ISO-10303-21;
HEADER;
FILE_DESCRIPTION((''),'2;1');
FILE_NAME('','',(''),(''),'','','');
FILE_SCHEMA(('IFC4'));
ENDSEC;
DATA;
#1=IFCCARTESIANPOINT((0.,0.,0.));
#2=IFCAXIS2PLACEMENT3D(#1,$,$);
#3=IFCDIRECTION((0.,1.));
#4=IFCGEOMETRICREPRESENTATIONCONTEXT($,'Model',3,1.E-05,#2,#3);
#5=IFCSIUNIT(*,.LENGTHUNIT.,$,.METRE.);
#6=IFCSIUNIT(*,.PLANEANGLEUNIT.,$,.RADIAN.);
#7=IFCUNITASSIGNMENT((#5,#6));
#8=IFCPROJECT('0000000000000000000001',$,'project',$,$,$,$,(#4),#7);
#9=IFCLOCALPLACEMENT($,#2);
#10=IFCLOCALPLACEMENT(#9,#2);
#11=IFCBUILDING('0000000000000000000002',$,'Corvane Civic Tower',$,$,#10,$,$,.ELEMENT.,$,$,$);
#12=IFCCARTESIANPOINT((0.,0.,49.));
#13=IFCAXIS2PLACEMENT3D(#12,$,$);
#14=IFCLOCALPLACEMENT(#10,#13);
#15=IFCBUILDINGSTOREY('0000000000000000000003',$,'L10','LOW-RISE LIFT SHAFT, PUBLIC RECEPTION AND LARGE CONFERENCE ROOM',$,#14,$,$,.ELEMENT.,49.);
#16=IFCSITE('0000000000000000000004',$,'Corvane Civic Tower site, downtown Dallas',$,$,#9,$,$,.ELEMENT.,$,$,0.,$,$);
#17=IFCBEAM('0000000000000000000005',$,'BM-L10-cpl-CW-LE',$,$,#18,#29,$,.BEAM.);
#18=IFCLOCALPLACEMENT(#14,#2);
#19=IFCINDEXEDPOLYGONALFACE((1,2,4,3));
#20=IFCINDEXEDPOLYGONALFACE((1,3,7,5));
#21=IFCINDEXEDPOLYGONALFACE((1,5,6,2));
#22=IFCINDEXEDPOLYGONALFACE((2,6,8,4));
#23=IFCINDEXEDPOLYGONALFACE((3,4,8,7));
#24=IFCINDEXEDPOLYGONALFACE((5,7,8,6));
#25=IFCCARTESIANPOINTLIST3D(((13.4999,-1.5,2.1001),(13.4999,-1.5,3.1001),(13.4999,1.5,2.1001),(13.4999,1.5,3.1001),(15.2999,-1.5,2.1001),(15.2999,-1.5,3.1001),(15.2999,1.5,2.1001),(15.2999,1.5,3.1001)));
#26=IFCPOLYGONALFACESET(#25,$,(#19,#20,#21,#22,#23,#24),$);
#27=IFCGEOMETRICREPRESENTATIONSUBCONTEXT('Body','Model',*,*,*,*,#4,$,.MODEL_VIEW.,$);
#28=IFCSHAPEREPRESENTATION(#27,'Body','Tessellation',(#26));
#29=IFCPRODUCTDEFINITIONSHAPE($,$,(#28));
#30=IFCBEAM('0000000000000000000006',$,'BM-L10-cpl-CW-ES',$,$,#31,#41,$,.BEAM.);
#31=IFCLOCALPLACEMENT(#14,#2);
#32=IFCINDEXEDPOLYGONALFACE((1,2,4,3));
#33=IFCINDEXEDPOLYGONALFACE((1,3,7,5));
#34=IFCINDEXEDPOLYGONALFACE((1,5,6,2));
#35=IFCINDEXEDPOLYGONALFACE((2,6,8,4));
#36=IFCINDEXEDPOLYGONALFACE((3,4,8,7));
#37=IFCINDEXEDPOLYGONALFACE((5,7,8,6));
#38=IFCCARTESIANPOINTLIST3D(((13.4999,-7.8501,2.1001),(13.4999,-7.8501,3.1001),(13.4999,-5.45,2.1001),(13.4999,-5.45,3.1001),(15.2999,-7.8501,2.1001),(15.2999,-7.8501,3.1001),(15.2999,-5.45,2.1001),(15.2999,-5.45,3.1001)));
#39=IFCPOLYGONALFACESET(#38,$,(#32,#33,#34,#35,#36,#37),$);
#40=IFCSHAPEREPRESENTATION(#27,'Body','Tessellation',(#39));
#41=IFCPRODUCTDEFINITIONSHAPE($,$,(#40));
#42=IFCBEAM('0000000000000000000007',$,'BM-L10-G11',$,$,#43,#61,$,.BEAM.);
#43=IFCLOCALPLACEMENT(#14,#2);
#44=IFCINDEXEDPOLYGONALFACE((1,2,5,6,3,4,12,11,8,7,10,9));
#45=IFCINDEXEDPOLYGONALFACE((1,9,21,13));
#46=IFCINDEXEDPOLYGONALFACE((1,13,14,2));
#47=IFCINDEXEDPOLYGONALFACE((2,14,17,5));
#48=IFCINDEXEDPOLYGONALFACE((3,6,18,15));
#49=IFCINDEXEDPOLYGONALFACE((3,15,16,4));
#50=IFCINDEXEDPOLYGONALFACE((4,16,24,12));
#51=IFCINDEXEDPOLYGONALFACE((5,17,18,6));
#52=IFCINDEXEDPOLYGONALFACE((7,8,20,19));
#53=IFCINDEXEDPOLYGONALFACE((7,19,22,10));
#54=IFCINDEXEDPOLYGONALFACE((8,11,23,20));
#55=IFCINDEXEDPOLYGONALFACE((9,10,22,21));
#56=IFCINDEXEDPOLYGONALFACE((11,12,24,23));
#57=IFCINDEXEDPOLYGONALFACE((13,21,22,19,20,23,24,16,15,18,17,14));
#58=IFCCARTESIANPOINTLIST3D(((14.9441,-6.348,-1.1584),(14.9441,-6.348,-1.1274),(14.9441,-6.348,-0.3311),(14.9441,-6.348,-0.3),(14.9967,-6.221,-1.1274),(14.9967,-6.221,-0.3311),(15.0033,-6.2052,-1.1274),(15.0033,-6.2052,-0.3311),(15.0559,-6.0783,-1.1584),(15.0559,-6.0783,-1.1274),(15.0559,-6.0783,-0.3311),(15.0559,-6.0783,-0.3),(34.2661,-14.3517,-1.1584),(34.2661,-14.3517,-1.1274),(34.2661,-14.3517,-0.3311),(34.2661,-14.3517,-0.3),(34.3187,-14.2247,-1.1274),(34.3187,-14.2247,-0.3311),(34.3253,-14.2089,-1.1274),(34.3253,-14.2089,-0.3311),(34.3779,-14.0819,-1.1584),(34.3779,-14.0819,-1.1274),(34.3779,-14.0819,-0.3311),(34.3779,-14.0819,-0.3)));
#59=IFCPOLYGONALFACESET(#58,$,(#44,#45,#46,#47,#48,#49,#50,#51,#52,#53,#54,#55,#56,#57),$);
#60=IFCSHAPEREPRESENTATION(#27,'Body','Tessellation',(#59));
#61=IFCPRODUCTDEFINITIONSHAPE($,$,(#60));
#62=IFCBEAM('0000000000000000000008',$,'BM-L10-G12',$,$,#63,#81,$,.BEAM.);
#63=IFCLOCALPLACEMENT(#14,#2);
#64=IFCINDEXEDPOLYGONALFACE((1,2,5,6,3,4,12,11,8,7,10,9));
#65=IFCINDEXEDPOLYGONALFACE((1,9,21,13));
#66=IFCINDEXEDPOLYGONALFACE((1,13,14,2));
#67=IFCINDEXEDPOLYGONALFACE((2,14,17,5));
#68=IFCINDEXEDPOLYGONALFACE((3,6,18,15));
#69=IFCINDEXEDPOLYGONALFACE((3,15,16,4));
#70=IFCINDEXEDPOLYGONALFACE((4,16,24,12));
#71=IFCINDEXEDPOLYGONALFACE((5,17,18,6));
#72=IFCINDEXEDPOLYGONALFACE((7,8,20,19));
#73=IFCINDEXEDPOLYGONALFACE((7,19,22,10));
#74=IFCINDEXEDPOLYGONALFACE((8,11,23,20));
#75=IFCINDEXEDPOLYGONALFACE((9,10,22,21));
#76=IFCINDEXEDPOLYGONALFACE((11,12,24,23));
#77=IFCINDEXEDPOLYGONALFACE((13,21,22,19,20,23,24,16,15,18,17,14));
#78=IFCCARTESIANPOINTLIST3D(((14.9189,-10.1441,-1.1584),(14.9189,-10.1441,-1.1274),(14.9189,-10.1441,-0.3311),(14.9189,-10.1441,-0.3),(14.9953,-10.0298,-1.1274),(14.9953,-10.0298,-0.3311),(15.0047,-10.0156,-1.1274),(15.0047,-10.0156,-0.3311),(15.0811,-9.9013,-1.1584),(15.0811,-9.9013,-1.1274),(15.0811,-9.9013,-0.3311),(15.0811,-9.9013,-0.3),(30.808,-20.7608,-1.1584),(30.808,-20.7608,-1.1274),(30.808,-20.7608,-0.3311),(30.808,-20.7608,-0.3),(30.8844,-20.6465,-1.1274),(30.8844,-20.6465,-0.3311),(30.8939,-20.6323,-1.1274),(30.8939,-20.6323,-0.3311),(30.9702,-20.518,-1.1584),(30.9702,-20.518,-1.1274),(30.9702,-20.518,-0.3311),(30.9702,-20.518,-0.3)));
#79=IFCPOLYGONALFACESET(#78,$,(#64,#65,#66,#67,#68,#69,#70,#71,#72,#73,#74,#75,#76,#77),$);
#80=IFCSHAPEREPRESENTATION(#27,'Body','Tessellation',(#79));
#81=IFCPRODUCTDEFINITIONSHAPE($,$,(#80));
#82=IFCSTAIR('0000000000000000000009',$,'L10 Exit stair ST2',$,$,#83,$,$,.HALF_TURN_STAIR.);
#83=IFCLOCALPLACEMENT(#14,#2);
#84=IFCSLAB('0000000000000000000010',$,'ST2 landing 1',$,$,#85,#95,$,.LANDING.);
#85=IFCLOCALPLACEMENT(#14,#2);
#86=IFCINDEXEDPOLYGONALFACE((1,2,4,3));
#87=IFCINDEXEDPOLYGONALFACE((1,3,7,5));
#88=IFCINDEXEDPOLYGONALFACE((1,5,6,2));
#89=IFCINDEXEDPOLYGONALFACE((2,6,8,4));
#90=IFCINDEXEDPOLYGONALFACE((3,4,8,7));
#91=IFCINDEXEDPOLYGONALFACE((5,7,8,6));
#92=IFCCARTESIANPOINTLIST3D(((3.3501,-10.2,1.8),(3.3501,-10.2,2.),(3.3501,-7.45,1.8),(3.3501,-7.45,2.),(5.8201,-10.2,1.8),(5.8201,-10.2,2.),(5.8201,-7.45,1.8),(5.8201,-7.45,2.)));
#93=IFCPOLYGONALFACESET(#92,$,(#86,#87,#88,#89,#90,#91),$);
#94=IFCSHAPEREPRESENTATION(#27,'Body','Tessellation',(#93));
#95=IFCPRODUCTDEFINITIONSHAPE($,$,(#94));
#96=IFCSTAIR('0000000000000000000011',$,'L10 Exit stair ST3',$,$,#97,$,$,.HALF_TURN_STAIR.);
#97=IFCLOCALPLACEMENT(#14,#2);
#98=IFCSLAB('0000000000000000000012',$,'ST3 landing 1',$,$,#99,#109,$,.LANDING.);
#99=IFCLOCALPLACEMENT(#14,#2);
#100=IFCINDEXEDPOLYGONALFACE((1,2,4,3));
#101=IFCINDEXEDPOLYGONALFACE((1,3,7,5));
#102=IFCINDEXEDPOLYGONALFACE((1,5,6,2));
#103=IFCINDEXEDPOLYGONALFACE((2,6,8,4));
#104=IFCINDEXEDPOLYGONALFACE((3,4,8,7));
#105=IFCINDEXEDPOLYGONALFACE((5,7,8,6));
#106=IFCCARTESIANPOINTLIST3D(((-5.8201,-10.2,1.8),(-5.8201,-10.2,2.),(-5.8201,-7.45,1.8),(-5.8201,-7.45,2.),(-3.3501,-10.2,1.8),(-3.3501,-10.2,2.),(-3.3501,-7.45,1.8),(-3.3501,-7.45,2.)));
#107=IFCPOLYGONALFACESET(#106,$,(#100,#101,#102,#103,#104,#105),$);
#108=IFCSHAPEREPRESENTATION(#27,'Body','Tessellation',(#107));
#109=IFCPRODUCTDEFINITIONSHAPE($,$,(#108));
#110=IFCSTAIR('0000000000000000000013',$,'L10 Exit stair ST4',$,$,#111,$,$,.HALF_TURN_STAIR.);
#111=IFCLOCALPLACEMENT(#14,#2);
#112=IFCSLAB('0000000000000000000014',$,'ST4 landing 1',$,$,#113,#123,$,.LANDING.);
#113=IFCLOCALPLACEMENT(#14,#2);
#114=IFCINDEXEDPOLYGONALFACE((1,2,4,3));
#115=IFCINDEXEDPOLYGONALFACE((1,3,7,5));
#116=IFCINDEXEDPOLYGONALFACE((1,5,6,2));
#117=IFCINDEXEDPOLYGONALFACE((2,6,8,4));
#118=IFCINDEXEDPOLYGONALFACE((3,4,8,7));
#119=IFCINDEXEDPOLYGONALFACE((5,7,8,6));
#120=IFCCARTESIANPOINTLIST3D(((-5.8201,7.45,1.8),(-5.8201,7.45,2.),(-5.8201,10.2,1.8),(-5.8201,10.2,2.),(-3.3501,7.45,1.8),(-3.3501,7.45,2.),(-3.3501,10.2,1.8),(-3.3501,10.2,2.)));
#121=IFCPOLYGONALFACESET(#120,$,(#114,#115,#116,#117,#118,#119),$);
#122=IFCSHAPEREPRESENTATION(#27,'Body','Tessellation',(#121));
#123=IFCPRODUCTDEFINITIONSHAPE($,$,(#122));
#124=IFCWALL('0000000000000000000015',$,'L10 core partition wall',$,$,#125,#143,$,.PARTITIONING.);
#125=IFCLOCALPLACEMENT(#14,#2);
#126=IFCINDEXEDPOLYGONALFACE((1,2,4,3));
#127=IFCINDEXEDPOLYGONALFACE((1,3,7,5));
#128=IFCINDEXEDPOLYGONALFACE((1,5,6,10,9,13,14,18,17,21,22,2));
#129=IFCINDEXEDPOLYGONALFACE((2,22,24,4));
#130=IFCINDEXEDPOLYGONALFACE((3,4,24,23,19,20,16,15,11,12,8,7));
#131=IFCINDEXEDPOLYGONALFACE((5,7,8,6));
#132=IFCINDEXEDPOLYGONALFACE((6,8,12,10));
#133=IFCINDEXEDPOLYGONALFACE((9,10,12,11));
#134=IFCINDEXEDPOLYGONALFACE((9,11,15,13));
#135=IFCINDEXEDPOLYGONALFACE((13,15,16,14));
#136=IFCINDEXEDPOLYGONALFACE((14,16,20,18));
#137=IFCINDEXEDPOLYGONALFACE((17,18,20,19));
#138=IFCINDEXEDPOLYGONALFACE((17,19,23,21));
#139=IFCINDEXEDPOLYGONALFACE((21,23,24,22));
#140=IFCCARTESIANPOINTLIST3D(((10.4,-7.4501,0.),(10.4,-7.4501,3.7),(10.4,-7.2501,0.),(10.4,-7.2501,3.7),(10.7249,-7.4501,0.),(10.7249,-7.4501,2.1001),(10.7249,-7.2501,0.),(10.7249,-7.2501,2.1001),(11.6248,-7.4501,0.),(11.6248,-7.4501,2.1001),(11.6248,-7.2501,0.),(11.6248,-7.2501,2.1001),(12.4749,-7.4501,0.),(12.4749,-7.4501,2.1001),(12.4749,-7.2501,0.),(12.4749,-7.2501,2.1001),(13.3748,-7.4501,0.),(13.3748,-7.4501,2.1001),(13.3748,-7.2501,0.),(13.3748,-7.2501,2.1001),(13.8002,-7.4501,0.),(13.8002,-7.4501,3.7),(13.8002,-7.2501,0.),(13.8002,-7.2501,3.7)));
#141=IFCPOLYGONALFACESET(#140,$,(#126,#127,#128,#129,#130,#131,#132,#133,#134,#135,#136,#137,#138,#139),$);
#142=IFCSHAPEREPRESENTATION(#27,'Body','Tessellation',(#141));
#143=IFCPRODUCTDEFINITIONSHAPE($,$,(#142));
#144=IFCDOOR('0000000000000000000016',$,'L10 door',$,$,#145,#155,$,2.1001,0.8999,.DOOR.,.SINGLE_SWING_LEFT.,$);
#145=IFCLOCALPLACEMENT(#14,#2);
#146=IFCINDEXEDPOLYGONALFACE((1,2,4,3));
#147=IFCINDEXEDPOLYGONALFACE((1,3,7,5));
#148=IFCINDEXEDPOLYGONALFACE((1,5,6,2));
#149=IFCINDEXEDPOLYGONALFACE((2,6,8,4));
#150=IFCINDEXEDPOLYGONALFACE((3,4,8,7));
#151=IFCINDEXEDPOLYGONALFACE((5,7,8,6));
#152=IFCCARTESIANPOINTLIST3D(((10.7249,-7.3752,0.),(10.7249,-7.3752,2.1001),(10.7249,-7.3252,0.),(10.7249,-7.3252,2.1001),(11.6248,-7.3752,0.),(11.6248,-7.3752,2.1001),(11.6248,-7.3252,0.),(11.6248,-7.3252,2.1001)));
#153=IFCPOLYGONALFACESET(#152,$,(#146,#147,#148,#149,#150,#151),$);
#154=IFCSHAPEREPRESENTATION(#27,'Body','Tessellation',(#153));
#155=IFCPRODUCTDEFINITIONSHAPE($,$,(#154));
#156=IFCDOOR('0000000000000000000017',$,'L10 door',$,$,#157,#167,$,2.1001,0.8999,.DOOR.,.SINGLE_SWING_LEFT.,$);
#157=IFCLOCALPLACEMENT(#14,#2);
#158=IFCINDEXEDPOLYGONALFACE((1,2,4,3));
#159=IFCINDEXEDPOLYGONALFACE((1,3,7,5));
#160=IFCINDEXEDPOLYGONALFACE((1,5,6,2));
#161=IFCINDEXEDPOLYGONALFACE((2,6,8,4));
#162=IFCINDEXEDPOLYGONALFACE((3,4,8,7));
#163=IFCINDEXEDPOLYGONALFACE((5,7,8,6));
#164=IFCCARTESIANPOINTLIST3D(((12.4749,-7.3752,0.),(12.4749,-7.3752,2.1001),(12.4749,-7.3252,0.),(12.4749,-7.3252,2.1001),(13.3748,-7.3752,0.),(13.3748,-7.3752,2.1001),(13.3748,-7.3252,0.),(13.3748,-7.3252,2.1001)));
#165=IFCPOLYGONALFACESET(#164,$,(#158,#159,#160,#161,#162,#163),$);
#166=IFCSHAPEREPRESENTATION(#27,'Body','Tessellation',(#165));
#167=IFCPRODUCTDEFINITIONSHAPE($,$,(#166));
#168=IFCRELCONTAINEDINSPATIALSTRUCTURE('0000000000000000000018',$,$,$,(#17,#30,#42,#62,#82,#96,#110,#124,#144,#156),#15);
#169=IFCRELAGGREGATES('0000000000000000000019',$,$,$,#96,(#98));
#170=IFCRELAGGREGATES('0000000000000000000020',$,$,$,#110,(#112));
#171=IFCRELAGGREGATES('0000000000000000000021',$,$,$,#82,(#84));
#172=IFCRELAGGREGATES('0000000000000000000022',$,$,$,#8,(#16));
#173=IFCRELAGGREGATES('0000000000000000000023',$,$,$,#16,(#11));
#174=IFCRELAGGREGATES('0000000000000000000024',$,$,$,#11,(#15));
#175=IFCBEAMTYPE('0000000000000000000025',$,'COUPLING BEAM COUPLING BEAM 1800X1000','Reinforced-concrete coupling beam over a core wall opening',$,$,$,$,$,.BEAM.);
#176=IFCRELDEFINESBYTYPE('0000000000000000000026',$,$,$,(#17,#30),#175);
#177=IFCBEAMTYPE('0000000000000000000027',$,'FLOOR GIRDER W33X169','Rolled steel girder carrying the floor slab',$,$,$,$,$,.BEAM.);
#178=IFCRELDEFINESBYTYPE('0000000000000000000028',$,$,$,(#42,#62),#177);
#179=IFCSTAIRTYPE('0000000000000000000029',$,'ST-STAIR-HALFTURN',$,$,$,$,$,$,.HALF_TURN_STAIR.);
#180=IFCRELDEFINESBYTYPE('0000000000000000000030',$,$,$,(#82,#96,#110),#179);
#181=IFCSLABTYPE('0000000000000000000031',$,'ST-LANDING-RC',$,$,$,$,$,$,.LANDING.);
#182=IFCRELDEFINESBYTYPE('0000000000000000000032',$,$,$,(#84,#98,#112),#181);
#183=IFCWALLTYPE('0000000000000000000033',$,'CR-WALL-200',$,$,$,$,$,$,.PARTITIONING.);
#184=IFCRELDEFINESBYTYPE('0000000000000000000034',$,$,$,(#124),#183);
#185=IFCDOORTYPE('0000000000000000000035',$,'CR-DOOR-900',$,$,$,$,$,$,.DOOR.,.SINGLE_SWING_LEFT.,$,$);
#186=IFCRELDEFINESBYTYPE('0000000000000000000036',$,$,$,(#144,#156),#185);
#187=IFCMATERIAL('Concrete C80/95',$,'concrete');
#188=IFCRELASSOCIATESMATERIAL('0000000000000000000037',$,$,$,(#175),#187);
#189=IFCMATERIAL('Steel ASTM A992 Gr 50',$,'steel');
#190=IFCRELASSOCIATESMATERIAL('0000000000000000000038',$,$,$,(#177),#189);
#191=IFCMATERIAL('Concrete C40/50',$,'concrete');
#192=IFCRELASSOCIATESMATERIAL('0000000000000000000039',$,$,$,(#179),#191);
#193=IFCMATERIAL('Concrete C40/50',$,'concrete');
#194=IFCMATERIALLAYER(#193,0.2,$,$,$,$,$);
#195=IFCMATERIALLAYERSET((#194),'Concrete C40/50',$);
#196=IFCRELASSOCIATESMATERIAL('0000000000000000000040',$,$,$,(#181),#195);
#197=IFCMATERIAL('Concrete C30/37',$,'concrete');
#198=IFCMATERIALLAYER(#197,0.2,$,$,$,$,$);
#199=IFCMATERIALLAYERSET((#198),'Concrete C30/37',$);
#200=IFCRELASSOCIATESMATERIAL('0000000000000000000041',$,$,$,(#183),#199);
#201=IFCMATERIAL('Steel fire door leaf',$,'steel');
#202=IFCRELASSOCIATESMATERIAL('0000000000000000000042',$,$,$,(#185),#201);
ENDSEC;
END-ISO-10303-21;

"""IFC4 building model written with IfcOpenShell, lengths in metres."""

from ifc_helpers import new_model, si_unit, direction, frame, frame_2d, origin, origin_2d, place, context, subcontext, project, spatial, polyline, rectangle, i_section, outline, extrude, material, layer, layer_set, material_profile, profile_set, type_object, element, fill, aggregate, save


model = new_model("IFC4")

# Units and contexts
model_context = context("Model", 3, precision=1e-05, world=origin(), true_north=direction((0.0, 1.0)))
body_context = subcontext(model_context, "Body", "Model", "MODEL_VIEW")
ifc_project = project(units=[si_unit("LENGTHUNIT", "METRE"), si_unit("PLANEANGLEUNIT", "RADIAN")], contexts=[model_context])

# Site, building, storey
site_placement = place(None, origin())
site = spatial("IfcSite", under=ifc_project, at=site_placement, Name="Corvane Civic Tower site, downtown Dallas", CompositionType="ELEMENT", RefElevation=0.0)
building_placement = place(site_placement, origin())
building = spatial("IfcBuilding", under=site, at=building_placement, Name="Corvane Civic Tower", CompositionType="ELEMENT")
storey_placement = place(building_placement, frame((0.0, 0.0, 49.0)))
storey = spatial("IfcBuildingStorey", under=building, at=storey_placement, Name="L10", Description="LOW-RISE LIFT SHAFT, PUBLIC RECEPTION AND LARGE CONFERENCE ROOM", CompositionType="ELEMENT", Elevation=49.0)

# Beams
ifc_material_1 = material(Name="Concrete C80/95", Category="concrete")
ifc_material_profile_1 = material_profile(ifc_material_1, rectangle(XDim=1.8, YDim=1.0, at=origin_2d()), Name="COUPLING BEAM 1800X1000")
ifc_profile_set_1 = profile_set([ifc_material_profile_1], Name="Concrete C80/95")
beam_type_1 = type_object("IfcBeamType", Name="COUPLING BEAM COUPLING BEAM 1800X1000", Description="Reinforced-concrete coupling beam over a core wall opening", PredefinedType="BEAM", material=ifc_profile_set_1)
beam_1_placement = place(storey_placement, frame((14.3999, -1.5, 2.6001), z_axis=(0.0, 1.0, 0.0), x_axis=(-1.0, 0.0, 0.0)))
element("IfcBeam", 1, at=beam_1_placement, inside=storey, type_object=beam_type_1, Name="BM-L10-cpl-CW-LE", PredefinedType="BEAM", context=body_context, shape_type="SweptSolid", body=[
    extrude(rectangle(XDim=1.8, YDim=1.0, at=origin_2d()), origin(), (0.0, 0.0, 1.0), 3.0),
])
beam_2_placement = place(storey_placement, frame((14.3999, -7.8501, 2.6001), z_axis=(0.0, 1.0, 0.0), x_axis=(-1.0, 0.0, 0.0)))
element("IfcBeam", 2, at=beam_2_placement, inside=storey, type_object=beam_type_1, Name="BM-L10-cpl-CW-ES", PredefinedType="BEAM", context=body_context, shape_type="SweptSolid", body=[
    extrude(rectangle(XDim=1.8, YDim=1.0, at=origin_2d()), origin(), (0.0, 0.0, 1.0), 2.4001),
])
ifc_material_2 = material(Name="Steel ASTM A992 Gr 50", Category="steel")
ifc_material_profile_2 = material_profile(ifc_material_2, i_section(OverallWidth=0.292, OverallDepth=0.8584, WebThickness=0.0171, FlangeThickness=0.031, at=origin_2d()), Name="W33X169")
ifc_profile_set_2 = profile_set([ifc_material_profile_2], Name="Steel ASTM A992 Gr 50")
beam_type_2 = type_object("IfcBeamType", Name="FLOOR GIRDER W33X169", Description="Rolled steel girder carrying the floor slab", PredefinedType="BEAM", material=ifc_profile_set_2)
beam_3_placement = place(storey_placement, frame((15.0, -6.2131, -0.7292), z_axis=(0.923876, -0.382692, 0.0), x_axis=(0.382692, 0.923876, 0.0)))
element("IfcBeam", 3, at=beam_3_placement, inside=storey, type_object=beam_type_2, Name="BM-L10-G11", PredefinedType="BEAM", context=body_context, shape_type="SweptSolid", body=[
    extrude(i_section(OverallWidth=0.292, OverallDepth=0.8584, WebThickness=0.0171, FlangeThickness=0.031, at=origin_2d()), origin(), (0.0, 0.0, 1.0), 20.9141),
])
beam_4_placement = place(storey_placement, frame((15.0, -10.0227, -0.7292), z_axis=(0.831472, -0.555567, 0.0), x_axis=(0.555567, 0.831472, 0.0)))
element("IfcBeam", 4, at=beam_4_placement, inside=storey, type_object=beam_type_2, Name="BM-L10-G12", PredefinedType="BEAM", context=body_context, shape_type="SweptSolid", body=[
    extrude(i_section(OverallWidth=0.292, OverallDepth=0.8584, WebThickness=0.0171, FlangeThickness=0.031, at=origin_2d()), origin(), (0.0, 0.0, 1.0), 19.1096),
])

# Stairs, slabs
ifc_material_3 = material(Name="Concrete C40/50", Category="concrete")
stair_type = type_object("IfcStairType", Name="ST-STAIR-HALFTURN", PredefinedType="HALF_TURN_STAIR", material=ifc_material_3)
stair_1_placement = place(storey_placement, origin())
stair_1 = element("IfcStair", 5, at=stair_1_placement, inside=storey, type_object=stair_type, Name="L10 Exit stair ST2", PredefinedType="HALF_TURN_STAIR")
ifc_material_4 = material(Name="Concrete C40/50", Category="concrete")
ifc_layer_1 = layer(ifc_material_4, 0.2)
ifc_layer_set_1 = layer_set([ifc_layer_1], Name="Concrete C40/50")
slab_type = type_object("IfcSlabType", Name="ST-LANDING-RC", PredefinedType="LANDING", material=ifc_layer_set_1)
slab_1_placement = place(storey_placement, frame((0.0, 0.0, 1.8)))
slab_1 = element("IfcSlab", 6, at=slab_1_placement, type_object=slab_type, Name="ST2 landing 1", PredefinedType="LANDING", context=body_context, shape_type="SweptSolid", body=[
    extrude(outline(polyline([(5.8201, -7.45), (3.3501, -7.45), (3.3501, -10.2), (5.8201, -10.2), (5.8201, -7.45)])), origin(), (0.0, 0.0, 1.0), 0.2),
])
stair_2_placement = place(storey_placement, origin())
stair_2 = element("IfcStair", 7, at=stair_2_placement, inside=storey, type_object=stair_type, Name="L10 Exit stair ST3", PredefinedType="HALF_TURN_STAIR")
slab_2_placement = place(storey_placement, frame((0.0, 0.0, 1.8)))
slab_2 = element("IfcSlab", 8, at=slab_2_placement, type_object=slab_type, Name="ST3 landing 1", PredefinedType="LANDING", context=body_context, shape_type="SweptSolid", body=[
    extrude(outline(polyline([(-5.8201, -10.2), (-3.3501, -10.2), (-3.3501, -7.45), (-5.8201, -7.45), (-5.8201, -10.2)])), origin(), (0.0, 0.0, 1.0), 0.2),
])
aggregate(stair_2, [slab_2])
stair_3_placement = place(storey_placement, origin())
stair_3 = element("IfcStair", 9, at=stair_3_placement, inside=storey, type_object=stair_type, Name="L10 Exit stair ST4", PredefinedType="HALF_TURN_STAIR")
slab_3_placement = place(storey_placement, frame((0.0, 0.0, 1.8)))
slab_3 = element("IfcSlab", 10, at=slab_3_placement, type_object=slab_type, Name="ST4 landing 1", PredefinedType="LANDING", context=body_context, shape_type="SweptSolid", body=[
    extrude(outline(polyline([(-5.8201, 7.45), (-3.3501, 7.45), (-3.3501, 10.2), (-5.8201, 10.2), (-5.8201, 7.45)])), origin(), (0.0, 0.0, 1.0), 0.2),
])
aggregate(stair_3, [slab_3])

# Wall, openings, doors
ifc_material_5 = material(Name="Concrete C30/37", Category="concrete")
ifc_layer_2 = layer(ifc_material_5, 0.2)
ifc_layer_set_2 = layer_set([ifc_layer_2], Name="Concrete C30/37")
wall_type_1 = type_object("IfcWallType", Name="CR-WALL-200", PredefinedType="PARTITIONING", material=ifc_layer_set_2)
wall_1_placement = place(storey_placement, frame((10.3999, -7.3501, 0.0), z_axis=(0.0, 0.0, 1.0), x_axis=(1.0, 0.0, 0.0)))
wall_1 = element("IfcWall", 11, at=wall_1_placement, inside=storey, type_object=wall_type_1, Name="L10 core partition wall", PredefinedType="PARTITIONING", context=body_context, shape_type="SweptSolid", body=[
    extrude(rectangle(XDim=3.4001, YDim=0.2, at=frame_2d((1.7002, 0.0))), origin(), (0.0, 0.0, 1.0), 3.7),
])
opening_1_placement = place(wall_1_placement, frame((0.325, 0.0, 0.0)))
opening_1 = element("IfcOpeningElement", 12, at=opening_1_placement, cuts=wall_1, PredefinedType="OPENING", context=body_context, shape_type="SweptSolid", body=[
    extrude(rectangle(XDim=0.8999, YDim=2.1001, at=frame_2d((0.45, 1.05))), frame((0.0, 0.1099, 0.0), z_axis=(0.0, -1.0, 0.0), x_axis=(1.0, 0.0, 0.0)), (0.0, 0.0, 1.0), 0.22),
])
opening_2_placement = place(wall_1_placement, frame((2.075, 0.0, 0.0)))
opening_2 = element("IfcOpeningElement", 13, at=opening_2_placement, cuts=wall_1, PredefinedType="OPENING", context=body_context, shape_type="SweptSolid", body=[
    extrude(rectangle(XDim=0.8999, YDim=2.1001, at=frame_2d((0.45, 1.05))), frame((0.0, 0.1099, 0.0), z_axis=(0.0, -1.0, 0.0), x_axis=(1.0, 0.0, 0.0)), (0.0, 0.0, 1.0), 0.22),
])
ifc_material_6 = material(Name="Steel fire door leaf", Category="steel")
door_type_1 = type_object("IfcDoorType", Name="CR-DOOR-900", OperationType="SINGLE_SWING_LEFT", PredefinedType="DOOR", material=ifc_material_6)
door_1_placement = place(opening_1_placement, origin())
door_1 = element("IfcDoor", 14, at=door_1_placement, inside=storey, type_object=door_type_1, Name="L10 door", OperationType="SINGLE_SWING_LEFT", OverallHeight=2.1001, OverallWidth=0.8999, PredefinedType="DOOR", context=body_context, shape_type="SweptSolid", body=[
    extrude(rectangle(XDim=0.8999, YDim=2.1001, at=frame_2d((0.45, 1.05))), frame((0.0, 0.0249, 0.0), z_axis=(0.0, -1.0, 0.0), x_axis=(1.0, 0.0, 0.0)), (0.0, 0.0, 1.0), 0.05),
])
fill(opening_1, door_1)
door_2_placement = place(opening_2_placement, origin())
door_2 = element("IfcDoor", 15, at=door_2_placement, inside=storey, type_object=door_type_1, Name="L10 door", OperationType="SINGLE_SWING_LEFT", OverallHeight=2.1001, OverallWidth=0.8999, PredefinedType="DOOR", context=body_context, shape_type="SweptSolid", body=[
    extrude(rectangle(XDim=0.8999, YDim=2.1001, at=frame_2d((0.45, 1.05))), frame((0.0, 0.0249, 0.0), z_axis=(0.0, -1.0, 0.0), x_axis=(1.0, 0.0, 0.0)), (0.0, 0.0, 1.0), 0.05),
])
fill(opening_2, door_2)

aggregate(stair_1, [slab_1])

save(model, "model.ifc")
